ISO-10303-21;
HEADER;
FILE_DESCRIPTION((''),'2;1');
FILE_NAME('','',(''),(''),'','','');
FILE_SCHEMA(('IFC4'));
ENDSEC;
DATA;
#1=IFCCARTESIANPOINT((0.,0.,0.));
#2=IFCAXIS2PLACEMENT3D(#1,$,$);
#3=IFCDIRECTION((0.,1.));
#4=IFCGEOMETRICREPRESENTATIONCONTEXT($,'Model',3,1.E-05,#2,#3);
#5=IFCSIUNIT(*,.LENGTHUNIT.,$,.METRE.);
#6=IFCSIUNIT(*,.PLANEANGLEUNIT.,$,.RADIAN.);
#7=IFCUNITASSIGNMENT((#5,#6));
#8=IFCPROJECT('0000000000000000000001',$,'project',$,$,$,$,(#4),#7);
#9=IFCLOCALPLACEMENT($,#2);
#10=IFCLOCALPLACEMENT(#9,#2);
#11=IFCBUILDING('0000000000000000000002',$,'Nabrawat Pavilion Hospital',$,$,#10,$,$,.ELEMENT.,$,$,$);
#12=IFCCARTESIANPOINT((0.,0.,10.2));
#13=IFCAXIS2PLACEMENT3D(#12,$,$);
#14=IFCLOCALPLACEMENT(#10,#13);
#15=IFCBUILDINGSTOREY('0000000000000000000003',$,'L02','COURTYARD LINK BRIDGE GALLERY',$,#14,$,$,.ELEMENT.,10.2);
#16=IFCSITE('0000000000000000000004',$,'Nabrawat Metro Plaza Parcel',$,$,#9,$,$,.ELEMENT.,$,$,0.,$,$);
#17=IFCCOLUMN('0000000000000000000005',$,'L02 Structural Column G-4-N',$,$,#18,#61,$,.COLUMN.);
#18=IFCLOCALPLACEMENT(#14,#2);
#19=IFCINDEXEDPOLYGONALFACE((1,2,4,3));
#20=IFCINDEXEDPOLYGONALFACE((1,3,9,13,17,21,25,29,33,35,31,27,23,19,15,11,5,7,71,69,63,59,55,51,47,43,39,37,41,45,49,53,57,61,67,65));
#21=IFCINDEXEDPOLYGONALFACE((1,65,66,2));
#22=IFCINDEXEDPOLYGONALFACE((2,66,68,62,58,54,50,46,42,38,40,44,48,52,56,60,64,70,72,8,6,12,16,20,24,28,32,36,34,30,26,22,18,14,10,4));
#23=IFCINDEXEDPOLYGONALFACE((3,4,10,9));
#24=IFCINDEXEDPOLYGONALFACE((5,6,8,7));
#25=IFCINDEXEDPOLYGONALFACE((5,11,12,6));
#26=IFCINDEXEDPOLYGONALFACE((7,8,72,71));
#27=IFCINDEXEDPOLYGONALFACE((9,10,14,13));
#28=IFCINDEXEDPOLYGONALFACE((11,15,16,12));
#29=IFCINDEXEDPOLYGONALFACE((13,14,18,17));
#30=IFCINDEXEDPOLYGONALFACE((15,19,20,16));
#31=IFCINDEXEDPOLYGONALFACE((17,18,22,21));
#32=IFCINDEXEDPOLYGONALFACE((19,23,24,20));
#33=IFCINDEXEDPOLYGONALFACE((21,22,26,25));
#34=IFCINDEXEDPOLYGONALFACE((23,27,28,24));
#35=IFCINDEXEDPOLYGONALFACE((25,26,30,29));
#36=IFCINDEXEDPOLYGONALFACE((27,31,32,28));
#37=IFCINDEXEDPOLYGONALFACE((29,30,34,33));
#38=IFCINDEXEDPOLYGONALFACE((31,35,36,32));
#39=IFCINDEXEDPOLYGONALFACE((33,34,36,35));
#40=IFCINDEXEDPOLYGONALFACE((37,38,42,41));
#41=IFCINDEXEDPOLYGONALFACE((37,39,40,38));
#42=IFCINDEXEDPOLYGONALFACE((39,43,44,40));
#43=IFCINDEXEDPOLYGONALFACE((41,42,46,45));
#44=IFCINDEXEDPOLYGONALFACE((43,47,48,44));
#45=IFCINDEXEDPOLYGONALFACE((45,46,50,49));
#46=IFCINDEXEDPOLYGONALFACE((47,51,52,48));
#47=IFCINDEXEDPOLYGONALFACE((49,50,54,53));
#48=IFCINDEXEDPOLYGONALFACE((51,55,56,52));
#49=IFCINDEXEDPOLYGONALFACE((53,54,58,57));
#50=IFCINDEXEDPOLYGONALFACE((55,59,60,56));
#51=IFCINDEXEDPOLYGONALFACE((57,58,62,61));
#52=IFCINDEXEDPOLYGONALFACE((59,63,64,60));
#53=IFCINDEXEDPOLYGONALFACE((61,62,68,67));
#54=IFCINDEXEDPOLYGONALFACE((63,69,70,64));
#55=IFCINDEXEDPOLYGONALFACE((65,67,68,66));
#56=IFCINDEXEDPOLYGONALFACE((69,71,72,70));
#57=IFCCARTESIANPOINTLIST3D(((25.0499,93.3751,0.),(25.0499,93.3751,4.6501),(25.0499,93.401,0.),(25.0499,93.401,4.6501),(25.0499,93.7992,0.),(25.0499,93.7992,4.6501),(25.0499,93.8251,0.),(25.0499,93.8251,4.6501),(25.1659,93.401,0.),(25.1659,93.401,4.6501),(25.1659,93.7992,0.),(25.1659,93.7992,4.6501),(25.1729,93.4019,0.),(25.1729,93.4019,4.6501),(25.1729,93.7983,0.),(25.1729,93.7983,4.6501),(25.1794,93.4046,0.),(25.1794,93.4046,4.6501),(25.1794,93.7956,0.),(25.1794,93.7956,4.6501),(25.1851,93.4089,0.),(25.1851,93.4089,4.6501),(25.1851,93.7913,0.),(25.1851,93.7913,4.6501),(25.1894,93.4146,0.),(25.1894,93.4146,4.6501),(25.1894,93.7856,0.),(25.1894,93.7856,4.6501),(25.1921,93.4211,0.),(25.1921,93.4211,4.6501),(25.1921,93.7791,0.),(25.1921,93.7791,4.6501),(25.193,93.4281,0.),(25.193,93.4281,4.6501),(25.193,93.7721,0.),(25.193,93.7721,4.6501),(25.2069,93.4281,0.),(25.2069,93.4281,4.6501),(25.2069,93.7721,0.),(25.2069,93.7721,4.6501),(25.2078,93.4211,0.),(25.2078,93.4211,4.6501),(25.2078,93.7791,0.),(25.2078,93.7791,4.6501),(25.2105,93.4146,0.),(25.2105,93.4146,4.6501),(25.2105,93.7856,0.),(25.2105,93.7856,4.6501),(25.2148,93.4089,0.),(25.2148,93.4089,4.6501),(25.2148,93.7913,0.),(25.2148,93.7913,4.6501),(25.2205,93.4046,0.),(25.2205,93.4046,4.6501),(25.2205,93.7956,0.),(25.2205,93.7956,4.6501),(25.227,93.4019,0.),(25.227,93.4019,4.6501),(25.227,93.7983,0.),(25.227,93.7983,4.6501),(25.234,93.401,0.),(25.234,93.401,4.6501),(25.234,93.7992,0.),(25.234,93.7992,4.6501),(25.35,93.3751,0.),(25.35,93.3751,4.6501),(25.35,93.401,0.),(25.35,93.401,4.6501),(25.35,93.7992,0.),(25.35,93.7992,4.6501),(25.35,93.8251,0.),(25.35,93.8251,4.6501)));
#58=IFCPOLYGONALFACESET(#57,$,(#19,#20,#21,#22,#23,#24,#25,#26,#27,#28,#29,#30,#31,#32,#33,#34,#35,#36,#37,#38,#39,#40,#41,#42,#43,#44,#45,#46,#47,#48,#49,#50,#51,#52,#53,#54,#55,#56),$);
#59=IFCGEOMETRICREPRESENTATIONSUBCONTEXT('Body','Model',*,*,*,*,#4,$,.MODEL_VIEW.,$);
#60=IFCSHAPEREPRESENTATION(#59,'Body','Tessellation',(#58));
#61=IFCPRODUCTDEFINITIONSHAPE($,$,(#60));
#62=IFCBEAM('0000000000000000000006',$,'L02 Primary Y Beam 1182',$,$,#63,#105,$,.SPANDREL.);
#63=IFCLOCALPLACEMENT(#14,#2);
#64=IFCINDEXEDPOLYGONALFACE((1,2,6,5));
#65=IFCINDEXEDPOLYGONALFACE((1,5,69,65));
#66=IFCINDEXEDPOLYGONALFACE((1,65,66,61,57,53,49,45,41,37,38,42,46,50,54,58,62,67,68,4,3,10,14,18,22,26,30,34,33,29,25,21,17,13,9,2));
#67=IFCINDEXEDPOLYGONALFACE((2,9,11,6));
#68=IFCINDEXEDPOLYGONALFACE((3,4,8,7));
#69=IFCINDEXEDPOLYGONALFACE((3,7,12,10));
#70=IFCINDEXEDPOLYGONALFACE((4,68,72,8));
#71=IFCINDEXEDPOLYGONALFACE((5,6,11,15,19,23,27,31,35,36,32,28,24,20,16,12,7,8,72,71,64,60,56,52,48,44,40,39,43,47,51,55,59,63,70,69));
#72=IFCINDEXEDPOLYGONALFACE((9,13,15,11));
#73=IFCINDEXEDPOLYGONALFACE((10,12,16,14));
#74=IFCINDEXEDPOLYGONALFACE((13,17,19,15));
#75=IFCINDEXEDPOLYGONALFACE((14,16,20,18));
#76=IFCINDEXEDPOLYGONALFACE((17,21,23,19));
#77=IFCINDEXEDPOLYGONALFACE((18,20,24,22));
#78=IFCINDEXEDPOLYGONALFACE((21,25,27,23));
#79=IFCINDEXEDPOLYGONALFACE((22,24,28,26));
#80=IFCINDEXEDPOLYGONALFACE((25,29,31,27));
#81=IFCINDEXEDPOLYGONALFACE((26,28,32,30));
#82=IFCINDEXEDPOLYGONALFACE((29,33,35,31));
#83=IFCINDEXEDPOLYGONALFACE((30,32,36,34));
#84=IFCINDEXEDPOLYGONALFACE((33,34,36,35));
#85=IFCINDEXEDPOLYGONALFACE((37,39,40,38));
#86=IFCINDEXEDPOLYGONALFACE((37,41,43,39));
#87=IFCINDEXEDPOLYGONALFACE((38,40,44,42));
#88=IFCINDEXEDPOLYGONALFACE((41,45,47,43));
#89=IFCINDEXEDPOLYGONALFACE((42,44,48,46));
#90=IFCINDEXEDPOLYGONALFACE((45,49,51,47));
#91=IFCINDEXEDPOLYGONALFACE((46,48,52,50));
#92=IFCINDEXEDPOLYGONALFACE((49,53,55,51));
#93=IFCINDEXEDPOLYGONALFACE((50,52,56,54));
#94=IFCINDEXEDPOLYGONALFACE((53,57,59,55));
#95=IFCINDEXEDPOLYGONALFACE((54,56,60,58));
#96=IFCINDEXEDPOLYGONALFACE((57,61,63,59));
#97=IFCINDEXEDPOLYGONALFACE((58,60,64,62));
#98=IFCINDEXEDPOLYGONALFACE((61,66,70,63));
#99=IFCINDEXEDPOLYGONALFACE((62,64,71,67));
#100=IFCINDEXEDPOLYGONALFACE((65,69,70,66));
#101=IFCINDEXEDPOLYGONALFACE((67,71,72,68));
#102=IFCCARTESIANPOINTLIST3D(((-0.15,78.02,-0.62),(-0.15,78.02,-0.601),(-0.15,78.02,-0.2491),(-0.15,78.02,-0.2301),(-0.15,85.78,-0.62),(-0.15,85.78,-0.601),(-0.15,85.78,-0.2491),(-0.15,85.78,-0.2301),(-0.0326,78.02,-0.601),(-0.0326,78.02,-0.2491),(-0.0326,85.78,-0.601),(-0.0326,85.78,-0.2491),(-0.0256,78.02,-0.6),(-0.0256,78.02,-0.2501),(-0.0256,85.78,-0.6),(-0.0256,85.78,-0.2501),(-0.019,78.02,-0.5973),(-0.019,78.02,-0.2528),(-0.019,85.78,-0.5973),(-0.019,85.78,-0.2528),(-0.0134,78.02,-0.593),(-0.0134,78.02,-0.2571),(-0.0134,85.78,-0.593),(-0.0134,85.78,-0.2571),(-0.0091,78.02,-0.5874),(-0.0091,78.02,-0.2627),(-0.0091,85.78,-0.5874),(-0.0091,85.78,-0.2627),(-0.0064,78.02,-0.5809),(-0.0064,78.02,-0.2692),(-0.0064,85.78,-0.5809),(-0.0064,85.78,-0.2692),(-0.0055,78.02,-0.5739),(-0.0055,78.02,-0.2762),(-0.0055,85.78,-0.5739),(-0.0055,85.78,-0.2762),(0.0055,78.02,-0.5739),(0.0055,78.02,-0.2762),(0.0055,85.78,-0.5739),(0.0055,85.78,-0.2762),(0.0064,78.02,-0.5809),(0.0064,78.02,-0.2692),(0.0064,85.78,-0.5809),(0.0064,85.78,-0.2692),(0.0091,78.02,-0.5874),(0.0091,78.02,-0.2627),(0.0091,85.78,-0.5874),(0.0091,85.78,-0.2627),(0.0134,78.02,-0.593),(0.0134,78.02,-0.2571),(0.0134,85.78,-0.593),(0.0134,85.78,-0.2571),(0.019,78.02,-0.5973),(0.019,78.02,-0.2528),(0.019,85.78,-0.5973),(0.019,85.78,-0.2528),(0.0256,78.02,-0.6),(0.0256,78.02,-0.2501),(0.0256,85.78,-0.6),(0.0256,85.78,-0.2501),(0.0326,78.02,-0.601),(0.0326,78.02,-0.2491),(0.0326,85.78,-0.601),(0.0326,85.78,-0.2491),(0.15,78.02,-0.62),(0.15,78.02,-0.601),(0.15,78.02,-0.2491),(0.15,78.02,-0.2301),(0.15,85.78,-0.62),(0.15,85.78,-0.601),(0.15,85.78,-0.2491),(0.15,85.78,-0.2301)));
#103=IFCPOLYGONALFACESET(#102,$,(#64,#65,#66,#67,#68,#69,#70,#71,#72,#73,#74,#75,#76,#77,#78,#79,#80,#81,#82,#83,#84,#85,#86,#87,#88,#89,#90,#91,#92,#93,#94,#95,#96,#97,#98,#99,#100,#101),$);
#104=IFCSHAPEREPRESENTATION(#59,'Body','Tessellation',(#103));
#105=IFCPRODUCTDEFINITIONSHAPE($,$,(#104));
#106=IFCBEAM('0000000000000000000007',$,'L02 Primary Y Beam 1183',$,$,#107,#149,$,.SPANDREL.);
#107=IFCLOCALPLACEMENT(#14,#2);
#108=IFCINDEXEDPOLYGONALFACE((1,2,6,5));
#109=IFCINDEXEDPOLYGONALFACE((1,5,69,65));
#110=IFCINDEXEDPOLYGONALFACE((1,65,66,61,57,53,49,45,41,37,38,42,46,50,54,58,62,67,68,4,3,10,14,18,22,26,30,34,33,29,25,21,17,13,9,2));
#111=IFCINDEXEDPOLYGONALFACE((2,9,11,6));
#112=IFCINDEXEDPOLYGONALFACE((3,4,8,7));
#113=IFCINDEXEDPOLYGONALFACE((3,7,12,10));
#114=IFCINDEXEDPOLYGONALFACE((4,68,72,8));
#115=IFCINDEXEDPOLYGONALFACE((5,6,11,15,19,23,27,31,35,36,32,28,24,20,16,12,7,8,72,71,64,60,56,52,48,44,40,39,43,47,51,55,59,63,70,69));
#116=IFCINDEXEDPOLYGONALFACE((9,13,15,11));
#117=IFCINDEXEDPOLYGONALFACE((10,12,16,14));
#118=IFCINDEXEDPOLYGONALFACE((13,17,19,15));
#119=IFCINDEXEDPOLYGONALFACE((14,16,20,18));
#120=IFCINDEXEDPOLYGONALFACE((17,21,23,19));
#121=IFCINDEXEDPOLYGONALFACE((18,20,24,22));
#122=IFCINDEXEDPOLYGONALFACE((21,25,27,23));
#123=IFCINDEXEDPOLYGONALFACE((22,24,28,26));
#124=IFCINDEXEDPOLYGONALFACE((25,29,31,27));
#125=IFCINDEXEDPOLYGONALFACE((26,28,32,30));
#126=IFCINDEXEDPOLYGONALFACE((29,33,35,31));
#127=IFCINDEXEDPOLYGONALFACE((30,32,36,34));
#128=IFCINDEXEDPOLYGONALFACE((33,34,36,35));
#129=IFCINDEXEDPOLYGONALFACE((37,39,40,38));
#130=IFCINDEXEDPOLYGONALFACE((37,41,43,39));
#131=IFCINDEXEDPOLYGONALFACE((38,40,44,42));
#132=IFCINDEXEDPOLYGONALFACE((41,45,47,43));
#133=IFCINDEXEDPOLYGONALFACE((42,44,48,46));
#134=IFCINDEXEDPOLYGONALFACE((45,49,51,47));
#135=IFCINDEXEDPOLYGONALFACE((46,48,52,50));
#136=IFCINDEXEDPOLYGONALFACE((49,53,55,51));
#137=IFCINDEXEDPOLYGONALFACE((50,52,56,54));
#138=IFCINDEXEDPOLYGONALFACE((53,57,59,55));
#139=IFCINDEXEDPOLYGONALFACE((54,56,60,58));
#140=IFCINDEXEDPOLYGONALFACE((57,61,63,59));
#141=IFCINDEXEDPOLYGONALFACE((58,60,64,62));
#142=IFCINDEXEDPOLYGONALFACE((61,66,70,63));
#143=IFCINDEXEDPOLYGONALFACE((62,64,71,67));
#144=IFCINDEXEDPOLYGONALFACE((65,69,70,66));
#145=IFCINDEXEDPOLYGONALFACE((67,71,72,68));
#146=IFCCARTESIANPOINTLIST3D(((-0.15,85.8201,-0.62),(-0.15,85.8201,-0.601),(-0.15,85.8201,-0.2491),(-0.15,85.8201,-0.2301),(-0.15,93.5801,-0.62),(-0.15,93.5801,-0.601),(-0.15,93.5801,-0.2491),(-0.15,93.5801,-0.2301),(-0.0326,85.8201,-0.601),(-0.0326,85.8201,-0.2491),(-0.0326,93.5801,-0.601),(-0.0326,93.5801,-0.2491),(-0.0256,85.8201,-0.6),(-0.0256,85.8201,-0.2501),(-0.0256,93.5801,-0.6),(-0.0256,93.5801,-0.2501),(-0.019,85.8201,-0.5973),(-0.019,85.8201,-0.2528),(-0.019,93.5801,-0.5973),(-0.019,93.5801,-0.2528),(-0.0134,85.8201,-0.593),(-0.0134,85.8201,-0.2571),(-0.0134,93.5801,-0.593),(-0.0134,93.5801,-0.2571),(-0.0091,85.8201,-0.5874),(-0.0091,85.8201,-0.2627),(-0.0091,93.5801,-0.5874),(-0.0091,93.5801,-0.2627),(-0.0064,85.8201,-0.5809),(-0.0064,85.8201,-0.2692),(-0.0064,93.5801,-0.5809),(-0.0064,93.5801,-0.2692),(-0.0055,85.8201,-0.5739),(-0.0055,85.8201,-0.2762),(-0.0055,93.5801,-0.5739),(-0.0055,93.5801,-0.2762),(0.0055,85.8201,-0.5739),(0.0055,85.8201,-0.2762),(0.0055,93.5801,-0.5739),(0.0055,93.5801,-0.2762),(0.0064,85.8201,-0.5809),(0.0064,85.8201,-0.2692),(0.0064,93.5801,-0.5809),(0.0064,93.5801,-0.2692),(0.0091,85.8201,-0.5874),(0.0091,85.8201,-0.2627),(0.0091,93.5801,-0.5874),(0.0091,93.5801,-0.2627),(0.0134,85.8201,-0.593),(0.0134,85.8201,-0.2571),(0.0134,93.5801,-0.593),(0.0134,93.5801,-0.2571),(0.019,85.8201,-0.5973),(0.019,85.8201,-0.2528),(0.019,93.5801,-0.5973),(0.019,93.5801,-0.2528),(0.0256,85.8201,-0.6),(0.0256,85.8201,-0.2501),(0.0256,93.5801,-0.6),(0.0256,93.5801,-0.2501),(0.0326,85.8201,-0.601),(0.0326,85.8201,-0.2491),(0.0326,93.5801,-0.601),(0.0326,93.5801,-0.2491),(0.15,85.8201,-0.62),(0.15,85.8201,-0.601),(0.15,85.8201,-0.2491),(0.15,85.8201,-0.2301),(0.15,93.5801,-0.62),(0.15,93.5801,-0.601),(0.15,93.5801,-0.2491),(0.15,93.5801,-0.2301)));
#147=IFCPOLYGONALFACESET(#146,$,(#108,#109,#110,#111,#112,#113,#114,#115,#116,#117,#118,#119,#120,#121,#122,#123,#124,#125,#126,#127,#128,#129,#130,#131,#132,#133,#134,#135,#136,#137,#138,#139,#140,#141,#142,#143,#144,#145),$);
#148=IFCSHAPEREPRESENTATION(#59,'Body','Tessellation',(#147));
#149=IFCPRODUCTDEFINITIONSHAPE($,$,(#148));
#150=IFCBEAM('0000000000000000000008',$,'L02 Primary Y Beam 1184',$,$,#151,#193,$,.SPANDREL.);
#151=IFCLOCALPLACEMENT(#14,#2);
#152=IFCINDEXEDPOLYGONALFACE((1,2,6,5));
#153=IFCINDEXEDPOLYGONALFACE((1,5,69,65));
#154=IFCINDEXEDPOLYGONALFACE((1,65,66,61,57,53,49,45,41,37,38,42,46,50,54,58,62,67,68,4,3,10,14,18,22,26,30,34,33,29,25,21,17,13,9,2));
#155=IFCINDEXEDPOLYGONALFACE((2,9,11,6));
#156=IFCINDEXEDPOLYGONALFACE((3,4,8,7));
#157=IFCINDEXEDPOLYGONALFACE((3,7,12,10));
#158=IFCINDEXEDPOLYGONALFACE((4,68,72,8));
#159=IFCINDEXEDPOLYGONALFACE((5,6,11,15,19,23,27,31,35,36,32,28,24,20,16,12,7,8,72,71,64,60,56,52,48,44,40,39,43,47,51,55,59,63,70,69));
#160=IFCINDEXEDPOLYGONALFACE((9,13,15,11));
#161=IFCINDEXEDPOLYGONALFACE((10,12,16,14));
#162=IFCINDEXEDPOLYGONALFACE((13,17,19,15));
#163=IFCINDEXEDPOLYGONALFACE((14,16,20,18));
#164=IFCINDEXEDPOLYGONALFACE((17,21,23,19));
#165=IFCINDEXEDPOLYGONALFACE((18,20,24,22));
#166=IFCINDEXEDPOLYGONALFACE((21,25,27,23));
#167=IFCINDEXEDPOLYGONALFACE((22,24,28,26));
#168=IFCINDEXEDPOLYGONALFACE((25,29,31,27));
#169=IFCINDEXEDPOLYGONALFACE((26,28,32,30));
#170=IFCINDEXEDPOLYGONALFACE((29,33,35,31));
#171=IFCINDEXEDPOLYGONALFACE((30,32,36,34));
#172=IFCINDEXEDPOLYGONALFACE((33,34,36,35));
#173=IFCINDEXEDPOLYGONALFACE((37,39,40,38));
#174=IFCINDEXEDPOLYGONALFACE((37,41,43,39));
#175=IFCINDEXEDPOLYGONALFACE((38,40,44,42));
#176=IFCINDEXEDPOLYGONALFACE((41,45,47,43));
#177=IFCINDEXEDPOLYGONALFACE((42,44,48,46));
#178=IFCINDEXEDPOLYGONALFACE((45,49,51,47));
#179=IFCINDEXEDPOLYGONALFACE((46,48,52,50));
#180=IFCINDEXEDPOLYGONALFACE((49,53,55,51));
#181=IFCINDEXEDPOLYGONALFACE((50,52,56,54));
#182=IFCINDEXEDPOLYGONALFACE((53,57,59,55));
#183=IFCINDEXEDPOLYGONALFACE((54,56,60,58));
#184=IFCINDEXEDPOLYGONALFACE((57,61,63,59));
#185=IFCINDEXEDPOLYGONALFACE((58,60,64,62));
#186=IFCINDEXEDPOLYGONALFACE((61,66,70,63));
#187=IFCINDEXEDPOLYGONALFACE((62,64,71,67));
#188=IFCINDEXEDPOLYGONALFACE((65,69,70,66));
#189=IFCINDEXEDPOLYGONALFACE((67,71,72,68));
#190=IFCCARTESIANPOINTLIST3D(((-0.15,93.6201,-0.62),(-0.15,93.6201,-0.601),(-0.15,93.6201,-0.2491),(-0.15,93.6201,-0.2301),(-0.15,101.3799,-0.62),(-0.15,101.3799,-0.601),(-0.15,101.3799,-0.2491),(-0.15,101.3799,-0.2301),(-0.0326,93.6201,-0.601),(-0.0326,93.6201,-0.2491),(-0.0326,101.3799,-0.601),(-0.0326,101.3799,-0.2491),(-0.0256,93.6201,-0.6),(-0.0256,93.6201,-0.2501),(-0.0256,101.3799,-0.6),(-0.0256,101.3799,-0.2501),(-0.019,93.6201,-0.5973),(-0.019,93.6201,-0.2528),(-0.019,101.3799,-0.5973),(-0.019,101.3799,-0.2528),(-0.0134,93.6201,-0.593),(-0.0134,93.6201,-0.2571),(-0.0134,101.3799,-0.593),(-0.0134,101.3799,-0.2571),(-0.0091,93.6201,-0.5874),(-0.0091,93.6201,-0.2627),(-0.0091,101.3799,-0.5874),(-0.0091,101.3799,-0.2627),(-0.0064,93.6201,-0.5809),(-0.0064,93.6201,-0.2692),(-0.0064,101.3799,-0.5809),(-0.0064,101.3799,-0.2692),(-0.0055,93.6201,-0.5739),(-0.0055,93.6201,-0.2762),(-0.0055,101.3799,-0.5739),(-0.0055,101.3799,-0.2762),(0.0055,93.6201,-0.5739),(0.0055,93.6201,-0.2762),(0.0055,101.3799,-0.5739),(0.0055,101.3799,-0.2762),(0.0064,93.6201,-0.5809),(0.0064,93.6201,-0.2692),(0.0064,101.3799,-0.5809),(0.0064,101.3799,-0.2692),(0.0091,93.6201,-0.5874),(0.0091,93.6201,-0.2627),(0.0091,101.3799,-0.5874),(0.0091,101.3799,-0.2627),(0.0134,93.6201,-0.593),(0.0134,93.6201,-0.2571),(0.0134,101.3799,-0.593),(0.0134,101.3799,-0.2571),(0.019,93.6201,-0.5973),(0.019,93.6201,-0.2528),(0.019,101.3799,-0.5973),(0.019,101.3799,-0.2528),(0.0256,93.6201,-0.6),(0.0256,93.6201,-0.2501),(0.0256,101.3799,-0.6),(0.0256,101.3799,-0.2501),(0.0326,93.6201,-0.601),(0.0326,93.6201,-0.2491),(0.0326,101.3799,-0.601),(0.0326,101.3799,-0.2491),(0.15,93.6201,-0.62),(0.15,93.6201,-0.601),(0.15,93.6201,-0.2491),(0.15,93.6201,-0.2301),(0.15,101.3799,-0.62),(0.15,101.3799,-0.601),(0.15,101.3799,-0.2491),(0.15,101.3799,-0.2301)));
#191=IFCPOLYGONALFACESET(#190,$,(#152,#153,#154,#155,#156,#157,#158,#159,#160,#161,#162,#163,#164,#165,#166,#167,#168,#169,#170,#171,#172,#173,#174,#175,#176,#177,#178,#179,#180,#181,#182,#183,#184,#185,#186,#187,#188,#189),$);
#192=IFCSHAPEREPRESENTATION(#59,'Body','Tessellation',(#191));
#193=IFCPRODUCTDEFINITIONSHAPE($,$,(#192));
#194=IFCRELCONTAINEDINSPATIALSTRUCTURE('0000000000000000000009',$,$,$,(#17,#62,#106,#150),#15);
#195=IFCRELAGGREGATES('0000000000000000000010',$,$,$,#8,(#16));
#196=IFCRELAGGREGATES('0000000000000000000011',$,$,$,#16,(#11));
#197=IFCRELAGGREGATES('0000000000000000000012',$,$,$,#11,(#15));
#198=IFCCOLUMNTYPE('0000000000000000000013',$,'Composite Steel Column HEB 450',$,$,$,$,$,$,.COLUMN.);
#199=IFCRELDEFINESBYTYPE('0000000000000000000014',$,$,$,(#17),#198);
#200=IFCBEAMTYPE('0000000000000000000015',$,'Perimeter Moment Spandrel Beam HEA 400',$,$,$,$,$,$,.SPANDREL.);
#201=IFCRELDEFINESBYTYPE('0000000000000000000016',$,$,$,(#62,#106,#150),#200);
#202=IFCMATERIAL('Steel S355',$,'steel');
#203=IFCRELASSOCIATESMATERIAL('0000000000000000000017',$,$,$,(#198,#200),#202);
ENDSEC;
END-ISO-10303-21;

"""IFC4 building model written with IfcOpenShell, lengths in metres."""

from ifc_helpers import new_model, si_unit, direction, frame, origin, origin_2d, place, context, subcontext, project, spatial, i_section, extrude, material, material_profile, profile_set, type_object, element, save


model = new_model("IFC4")

# Units and contexts
model_context = context("Model", 3, precision=1e-05, world=origin(), true_north=direction((0.0, 1.0)))
body_context = subcontext(model_context, "Body", "Model", "MODEL_VIEW")
ifc_project = project(units=[si_unit("LENGTHUNIT", "METRE"), si_unit("PLANEANGLEUNIT", "RADIAN")], contexts=[model_context])

# Site, building, storey
site_placement = place(None, origin())
site = spatial("IfcSite", under=ifc_project, at=site_placement, Name="Nabrawat Metro Plaza Parcel", CompositionType="ELEMENT", RefElevation=0.0)
building_placement = place(site_placement, origin())
building = spatial("IfcBuilding", under=site, at=building_placement, Name="Nabrawat Pavilion Hospital", CompositionType="ELEMENT")
storey_placement = place(building_placement, frame((0.0, 0.0, 10.2)))
storey = spatial("IfcBuildingStorey", under=building, at=storey_placement, Name="L02", Description="COURTYARD LINK BRIDGE GALLERY", CompositionType="ELEMENT", Elevation=10.2)

# Column
ifc_material_1 = material(Name="Steel S355", Category="steel")
ifc_material_profile_1 = material_profile(ifc_material_1, i_section(OverallWidth=0.3, OverallDepth=0.45, WebThickness=0.0139, FlangeThickness=0.0259, FilletRadius=0.0271, at=origin_2d()), Name="HEB 450")
ifc_profile_set_1 = profile_set([ifc_material_profile_1], Name="Steel S355")
column_type = type_object("IfcColumnType", Name="Composite Steel Column HEB 450", PredefinedType="COLUMN", material=ifc_profile_set_1)
for number, where, z_axis, x_axis, name in (
    (1, (25.2, 93.6001, 0.0), (0.0, 0.0, 1.0), (1.0, 0.0, 0.0), "L02 Structural Column G-4-N"),
):
    element("IfcColumn", number, at=place(storey_placement, frame(where, z_axis=z_axis, x_axis=x_axis)), inside=storey, type_object=column_type, Name=name, PredefinedType="COLUMN", context=body_context, shape_type="SweptSolid", body=[
        extrude(i_section(OverallWidth=0.3, OverallDepth=0.45, WebThickness=0.0139, FlangeThickness=0.0259, FilletRadius=0.0271, at=origin_2d()), origin(), (0.0, 0.0, 1.0), 4.6501),
    ])

# Beams
ifc_material_profile_2 = material_profile(ifc_material_1, i_section(OverallWidth=0.3, OverallDepth=0.3899, WebThickness=0.011, FlangeThickness=0.019, FilletRadius=0.0271, at=origin_2d()), Name="HEA 400")
ifc_profile_set_2 = profile_set([ifc_material_profile_2], Name="Steel S355")
beam_type_1 = type_object("IfcBeamType", Name="Perimeter Moment Spandrel Beam HEA 400", PredefinedType="SPANDREL", material=ifc_profile_set_2)
for number, where, z_axis, x_axis, name in (
    (2, (0.0, 78.02, -0.425), (0.0, 1.0, 0.0), (-1.0, 0.0, 0.0), "L02 Primary Y Beam 1182"),
    (3, (0.0, 85.8201, -0.425), (0.0, 1.0, 0.0), (-1.0, 0.0, 0.0), "L02 Primary Y Beam 1183"),
):
    element("IfcBeam", number, at=place(storey_placement, frame(where, z_axis=z_axis, x_axis=x_axis)), inside=storey, type_object=beam_type_1, Name=name, PredefinedType="SPANDREL", context=body_context, shape_type="SweptSolid", body=[
        extrude(i_section(OverallWidth=0.3, OverallDepth=0.3899, WebThickness=0.011, FlangeThickness=0.019, FilletRadius=0.0271, at=origin_2d()), origin(), (0.0, 0.0, 1.0), 7.76),
    ])
beam_1_placement = place(storey_placement, frame((0.0, 93.6201, -0.425), z_axis=(0.0, 1.0, 0.0), x_axis=(-1.0, 0.0, 0.0)))
element("IfcBeam", 4, at=beam_1_placement, inside=storey, type_object=beam_type_1, Name="L02 Primary Y Beam 1184", PredefinedType="SPANDREL", context=body_context, shape_type="SweptSolid", body=[
    extrude(i_section(OverallWidth=0.3, OverallDepth=0.3899, WebThickness=0.011, FlangeThickness=0.019, FilletRadius=0.0271, at=origin_2d()), origin(), (0.0, 0.0, 1.0), 7.7598),
])

save(model, "model.ifc")
